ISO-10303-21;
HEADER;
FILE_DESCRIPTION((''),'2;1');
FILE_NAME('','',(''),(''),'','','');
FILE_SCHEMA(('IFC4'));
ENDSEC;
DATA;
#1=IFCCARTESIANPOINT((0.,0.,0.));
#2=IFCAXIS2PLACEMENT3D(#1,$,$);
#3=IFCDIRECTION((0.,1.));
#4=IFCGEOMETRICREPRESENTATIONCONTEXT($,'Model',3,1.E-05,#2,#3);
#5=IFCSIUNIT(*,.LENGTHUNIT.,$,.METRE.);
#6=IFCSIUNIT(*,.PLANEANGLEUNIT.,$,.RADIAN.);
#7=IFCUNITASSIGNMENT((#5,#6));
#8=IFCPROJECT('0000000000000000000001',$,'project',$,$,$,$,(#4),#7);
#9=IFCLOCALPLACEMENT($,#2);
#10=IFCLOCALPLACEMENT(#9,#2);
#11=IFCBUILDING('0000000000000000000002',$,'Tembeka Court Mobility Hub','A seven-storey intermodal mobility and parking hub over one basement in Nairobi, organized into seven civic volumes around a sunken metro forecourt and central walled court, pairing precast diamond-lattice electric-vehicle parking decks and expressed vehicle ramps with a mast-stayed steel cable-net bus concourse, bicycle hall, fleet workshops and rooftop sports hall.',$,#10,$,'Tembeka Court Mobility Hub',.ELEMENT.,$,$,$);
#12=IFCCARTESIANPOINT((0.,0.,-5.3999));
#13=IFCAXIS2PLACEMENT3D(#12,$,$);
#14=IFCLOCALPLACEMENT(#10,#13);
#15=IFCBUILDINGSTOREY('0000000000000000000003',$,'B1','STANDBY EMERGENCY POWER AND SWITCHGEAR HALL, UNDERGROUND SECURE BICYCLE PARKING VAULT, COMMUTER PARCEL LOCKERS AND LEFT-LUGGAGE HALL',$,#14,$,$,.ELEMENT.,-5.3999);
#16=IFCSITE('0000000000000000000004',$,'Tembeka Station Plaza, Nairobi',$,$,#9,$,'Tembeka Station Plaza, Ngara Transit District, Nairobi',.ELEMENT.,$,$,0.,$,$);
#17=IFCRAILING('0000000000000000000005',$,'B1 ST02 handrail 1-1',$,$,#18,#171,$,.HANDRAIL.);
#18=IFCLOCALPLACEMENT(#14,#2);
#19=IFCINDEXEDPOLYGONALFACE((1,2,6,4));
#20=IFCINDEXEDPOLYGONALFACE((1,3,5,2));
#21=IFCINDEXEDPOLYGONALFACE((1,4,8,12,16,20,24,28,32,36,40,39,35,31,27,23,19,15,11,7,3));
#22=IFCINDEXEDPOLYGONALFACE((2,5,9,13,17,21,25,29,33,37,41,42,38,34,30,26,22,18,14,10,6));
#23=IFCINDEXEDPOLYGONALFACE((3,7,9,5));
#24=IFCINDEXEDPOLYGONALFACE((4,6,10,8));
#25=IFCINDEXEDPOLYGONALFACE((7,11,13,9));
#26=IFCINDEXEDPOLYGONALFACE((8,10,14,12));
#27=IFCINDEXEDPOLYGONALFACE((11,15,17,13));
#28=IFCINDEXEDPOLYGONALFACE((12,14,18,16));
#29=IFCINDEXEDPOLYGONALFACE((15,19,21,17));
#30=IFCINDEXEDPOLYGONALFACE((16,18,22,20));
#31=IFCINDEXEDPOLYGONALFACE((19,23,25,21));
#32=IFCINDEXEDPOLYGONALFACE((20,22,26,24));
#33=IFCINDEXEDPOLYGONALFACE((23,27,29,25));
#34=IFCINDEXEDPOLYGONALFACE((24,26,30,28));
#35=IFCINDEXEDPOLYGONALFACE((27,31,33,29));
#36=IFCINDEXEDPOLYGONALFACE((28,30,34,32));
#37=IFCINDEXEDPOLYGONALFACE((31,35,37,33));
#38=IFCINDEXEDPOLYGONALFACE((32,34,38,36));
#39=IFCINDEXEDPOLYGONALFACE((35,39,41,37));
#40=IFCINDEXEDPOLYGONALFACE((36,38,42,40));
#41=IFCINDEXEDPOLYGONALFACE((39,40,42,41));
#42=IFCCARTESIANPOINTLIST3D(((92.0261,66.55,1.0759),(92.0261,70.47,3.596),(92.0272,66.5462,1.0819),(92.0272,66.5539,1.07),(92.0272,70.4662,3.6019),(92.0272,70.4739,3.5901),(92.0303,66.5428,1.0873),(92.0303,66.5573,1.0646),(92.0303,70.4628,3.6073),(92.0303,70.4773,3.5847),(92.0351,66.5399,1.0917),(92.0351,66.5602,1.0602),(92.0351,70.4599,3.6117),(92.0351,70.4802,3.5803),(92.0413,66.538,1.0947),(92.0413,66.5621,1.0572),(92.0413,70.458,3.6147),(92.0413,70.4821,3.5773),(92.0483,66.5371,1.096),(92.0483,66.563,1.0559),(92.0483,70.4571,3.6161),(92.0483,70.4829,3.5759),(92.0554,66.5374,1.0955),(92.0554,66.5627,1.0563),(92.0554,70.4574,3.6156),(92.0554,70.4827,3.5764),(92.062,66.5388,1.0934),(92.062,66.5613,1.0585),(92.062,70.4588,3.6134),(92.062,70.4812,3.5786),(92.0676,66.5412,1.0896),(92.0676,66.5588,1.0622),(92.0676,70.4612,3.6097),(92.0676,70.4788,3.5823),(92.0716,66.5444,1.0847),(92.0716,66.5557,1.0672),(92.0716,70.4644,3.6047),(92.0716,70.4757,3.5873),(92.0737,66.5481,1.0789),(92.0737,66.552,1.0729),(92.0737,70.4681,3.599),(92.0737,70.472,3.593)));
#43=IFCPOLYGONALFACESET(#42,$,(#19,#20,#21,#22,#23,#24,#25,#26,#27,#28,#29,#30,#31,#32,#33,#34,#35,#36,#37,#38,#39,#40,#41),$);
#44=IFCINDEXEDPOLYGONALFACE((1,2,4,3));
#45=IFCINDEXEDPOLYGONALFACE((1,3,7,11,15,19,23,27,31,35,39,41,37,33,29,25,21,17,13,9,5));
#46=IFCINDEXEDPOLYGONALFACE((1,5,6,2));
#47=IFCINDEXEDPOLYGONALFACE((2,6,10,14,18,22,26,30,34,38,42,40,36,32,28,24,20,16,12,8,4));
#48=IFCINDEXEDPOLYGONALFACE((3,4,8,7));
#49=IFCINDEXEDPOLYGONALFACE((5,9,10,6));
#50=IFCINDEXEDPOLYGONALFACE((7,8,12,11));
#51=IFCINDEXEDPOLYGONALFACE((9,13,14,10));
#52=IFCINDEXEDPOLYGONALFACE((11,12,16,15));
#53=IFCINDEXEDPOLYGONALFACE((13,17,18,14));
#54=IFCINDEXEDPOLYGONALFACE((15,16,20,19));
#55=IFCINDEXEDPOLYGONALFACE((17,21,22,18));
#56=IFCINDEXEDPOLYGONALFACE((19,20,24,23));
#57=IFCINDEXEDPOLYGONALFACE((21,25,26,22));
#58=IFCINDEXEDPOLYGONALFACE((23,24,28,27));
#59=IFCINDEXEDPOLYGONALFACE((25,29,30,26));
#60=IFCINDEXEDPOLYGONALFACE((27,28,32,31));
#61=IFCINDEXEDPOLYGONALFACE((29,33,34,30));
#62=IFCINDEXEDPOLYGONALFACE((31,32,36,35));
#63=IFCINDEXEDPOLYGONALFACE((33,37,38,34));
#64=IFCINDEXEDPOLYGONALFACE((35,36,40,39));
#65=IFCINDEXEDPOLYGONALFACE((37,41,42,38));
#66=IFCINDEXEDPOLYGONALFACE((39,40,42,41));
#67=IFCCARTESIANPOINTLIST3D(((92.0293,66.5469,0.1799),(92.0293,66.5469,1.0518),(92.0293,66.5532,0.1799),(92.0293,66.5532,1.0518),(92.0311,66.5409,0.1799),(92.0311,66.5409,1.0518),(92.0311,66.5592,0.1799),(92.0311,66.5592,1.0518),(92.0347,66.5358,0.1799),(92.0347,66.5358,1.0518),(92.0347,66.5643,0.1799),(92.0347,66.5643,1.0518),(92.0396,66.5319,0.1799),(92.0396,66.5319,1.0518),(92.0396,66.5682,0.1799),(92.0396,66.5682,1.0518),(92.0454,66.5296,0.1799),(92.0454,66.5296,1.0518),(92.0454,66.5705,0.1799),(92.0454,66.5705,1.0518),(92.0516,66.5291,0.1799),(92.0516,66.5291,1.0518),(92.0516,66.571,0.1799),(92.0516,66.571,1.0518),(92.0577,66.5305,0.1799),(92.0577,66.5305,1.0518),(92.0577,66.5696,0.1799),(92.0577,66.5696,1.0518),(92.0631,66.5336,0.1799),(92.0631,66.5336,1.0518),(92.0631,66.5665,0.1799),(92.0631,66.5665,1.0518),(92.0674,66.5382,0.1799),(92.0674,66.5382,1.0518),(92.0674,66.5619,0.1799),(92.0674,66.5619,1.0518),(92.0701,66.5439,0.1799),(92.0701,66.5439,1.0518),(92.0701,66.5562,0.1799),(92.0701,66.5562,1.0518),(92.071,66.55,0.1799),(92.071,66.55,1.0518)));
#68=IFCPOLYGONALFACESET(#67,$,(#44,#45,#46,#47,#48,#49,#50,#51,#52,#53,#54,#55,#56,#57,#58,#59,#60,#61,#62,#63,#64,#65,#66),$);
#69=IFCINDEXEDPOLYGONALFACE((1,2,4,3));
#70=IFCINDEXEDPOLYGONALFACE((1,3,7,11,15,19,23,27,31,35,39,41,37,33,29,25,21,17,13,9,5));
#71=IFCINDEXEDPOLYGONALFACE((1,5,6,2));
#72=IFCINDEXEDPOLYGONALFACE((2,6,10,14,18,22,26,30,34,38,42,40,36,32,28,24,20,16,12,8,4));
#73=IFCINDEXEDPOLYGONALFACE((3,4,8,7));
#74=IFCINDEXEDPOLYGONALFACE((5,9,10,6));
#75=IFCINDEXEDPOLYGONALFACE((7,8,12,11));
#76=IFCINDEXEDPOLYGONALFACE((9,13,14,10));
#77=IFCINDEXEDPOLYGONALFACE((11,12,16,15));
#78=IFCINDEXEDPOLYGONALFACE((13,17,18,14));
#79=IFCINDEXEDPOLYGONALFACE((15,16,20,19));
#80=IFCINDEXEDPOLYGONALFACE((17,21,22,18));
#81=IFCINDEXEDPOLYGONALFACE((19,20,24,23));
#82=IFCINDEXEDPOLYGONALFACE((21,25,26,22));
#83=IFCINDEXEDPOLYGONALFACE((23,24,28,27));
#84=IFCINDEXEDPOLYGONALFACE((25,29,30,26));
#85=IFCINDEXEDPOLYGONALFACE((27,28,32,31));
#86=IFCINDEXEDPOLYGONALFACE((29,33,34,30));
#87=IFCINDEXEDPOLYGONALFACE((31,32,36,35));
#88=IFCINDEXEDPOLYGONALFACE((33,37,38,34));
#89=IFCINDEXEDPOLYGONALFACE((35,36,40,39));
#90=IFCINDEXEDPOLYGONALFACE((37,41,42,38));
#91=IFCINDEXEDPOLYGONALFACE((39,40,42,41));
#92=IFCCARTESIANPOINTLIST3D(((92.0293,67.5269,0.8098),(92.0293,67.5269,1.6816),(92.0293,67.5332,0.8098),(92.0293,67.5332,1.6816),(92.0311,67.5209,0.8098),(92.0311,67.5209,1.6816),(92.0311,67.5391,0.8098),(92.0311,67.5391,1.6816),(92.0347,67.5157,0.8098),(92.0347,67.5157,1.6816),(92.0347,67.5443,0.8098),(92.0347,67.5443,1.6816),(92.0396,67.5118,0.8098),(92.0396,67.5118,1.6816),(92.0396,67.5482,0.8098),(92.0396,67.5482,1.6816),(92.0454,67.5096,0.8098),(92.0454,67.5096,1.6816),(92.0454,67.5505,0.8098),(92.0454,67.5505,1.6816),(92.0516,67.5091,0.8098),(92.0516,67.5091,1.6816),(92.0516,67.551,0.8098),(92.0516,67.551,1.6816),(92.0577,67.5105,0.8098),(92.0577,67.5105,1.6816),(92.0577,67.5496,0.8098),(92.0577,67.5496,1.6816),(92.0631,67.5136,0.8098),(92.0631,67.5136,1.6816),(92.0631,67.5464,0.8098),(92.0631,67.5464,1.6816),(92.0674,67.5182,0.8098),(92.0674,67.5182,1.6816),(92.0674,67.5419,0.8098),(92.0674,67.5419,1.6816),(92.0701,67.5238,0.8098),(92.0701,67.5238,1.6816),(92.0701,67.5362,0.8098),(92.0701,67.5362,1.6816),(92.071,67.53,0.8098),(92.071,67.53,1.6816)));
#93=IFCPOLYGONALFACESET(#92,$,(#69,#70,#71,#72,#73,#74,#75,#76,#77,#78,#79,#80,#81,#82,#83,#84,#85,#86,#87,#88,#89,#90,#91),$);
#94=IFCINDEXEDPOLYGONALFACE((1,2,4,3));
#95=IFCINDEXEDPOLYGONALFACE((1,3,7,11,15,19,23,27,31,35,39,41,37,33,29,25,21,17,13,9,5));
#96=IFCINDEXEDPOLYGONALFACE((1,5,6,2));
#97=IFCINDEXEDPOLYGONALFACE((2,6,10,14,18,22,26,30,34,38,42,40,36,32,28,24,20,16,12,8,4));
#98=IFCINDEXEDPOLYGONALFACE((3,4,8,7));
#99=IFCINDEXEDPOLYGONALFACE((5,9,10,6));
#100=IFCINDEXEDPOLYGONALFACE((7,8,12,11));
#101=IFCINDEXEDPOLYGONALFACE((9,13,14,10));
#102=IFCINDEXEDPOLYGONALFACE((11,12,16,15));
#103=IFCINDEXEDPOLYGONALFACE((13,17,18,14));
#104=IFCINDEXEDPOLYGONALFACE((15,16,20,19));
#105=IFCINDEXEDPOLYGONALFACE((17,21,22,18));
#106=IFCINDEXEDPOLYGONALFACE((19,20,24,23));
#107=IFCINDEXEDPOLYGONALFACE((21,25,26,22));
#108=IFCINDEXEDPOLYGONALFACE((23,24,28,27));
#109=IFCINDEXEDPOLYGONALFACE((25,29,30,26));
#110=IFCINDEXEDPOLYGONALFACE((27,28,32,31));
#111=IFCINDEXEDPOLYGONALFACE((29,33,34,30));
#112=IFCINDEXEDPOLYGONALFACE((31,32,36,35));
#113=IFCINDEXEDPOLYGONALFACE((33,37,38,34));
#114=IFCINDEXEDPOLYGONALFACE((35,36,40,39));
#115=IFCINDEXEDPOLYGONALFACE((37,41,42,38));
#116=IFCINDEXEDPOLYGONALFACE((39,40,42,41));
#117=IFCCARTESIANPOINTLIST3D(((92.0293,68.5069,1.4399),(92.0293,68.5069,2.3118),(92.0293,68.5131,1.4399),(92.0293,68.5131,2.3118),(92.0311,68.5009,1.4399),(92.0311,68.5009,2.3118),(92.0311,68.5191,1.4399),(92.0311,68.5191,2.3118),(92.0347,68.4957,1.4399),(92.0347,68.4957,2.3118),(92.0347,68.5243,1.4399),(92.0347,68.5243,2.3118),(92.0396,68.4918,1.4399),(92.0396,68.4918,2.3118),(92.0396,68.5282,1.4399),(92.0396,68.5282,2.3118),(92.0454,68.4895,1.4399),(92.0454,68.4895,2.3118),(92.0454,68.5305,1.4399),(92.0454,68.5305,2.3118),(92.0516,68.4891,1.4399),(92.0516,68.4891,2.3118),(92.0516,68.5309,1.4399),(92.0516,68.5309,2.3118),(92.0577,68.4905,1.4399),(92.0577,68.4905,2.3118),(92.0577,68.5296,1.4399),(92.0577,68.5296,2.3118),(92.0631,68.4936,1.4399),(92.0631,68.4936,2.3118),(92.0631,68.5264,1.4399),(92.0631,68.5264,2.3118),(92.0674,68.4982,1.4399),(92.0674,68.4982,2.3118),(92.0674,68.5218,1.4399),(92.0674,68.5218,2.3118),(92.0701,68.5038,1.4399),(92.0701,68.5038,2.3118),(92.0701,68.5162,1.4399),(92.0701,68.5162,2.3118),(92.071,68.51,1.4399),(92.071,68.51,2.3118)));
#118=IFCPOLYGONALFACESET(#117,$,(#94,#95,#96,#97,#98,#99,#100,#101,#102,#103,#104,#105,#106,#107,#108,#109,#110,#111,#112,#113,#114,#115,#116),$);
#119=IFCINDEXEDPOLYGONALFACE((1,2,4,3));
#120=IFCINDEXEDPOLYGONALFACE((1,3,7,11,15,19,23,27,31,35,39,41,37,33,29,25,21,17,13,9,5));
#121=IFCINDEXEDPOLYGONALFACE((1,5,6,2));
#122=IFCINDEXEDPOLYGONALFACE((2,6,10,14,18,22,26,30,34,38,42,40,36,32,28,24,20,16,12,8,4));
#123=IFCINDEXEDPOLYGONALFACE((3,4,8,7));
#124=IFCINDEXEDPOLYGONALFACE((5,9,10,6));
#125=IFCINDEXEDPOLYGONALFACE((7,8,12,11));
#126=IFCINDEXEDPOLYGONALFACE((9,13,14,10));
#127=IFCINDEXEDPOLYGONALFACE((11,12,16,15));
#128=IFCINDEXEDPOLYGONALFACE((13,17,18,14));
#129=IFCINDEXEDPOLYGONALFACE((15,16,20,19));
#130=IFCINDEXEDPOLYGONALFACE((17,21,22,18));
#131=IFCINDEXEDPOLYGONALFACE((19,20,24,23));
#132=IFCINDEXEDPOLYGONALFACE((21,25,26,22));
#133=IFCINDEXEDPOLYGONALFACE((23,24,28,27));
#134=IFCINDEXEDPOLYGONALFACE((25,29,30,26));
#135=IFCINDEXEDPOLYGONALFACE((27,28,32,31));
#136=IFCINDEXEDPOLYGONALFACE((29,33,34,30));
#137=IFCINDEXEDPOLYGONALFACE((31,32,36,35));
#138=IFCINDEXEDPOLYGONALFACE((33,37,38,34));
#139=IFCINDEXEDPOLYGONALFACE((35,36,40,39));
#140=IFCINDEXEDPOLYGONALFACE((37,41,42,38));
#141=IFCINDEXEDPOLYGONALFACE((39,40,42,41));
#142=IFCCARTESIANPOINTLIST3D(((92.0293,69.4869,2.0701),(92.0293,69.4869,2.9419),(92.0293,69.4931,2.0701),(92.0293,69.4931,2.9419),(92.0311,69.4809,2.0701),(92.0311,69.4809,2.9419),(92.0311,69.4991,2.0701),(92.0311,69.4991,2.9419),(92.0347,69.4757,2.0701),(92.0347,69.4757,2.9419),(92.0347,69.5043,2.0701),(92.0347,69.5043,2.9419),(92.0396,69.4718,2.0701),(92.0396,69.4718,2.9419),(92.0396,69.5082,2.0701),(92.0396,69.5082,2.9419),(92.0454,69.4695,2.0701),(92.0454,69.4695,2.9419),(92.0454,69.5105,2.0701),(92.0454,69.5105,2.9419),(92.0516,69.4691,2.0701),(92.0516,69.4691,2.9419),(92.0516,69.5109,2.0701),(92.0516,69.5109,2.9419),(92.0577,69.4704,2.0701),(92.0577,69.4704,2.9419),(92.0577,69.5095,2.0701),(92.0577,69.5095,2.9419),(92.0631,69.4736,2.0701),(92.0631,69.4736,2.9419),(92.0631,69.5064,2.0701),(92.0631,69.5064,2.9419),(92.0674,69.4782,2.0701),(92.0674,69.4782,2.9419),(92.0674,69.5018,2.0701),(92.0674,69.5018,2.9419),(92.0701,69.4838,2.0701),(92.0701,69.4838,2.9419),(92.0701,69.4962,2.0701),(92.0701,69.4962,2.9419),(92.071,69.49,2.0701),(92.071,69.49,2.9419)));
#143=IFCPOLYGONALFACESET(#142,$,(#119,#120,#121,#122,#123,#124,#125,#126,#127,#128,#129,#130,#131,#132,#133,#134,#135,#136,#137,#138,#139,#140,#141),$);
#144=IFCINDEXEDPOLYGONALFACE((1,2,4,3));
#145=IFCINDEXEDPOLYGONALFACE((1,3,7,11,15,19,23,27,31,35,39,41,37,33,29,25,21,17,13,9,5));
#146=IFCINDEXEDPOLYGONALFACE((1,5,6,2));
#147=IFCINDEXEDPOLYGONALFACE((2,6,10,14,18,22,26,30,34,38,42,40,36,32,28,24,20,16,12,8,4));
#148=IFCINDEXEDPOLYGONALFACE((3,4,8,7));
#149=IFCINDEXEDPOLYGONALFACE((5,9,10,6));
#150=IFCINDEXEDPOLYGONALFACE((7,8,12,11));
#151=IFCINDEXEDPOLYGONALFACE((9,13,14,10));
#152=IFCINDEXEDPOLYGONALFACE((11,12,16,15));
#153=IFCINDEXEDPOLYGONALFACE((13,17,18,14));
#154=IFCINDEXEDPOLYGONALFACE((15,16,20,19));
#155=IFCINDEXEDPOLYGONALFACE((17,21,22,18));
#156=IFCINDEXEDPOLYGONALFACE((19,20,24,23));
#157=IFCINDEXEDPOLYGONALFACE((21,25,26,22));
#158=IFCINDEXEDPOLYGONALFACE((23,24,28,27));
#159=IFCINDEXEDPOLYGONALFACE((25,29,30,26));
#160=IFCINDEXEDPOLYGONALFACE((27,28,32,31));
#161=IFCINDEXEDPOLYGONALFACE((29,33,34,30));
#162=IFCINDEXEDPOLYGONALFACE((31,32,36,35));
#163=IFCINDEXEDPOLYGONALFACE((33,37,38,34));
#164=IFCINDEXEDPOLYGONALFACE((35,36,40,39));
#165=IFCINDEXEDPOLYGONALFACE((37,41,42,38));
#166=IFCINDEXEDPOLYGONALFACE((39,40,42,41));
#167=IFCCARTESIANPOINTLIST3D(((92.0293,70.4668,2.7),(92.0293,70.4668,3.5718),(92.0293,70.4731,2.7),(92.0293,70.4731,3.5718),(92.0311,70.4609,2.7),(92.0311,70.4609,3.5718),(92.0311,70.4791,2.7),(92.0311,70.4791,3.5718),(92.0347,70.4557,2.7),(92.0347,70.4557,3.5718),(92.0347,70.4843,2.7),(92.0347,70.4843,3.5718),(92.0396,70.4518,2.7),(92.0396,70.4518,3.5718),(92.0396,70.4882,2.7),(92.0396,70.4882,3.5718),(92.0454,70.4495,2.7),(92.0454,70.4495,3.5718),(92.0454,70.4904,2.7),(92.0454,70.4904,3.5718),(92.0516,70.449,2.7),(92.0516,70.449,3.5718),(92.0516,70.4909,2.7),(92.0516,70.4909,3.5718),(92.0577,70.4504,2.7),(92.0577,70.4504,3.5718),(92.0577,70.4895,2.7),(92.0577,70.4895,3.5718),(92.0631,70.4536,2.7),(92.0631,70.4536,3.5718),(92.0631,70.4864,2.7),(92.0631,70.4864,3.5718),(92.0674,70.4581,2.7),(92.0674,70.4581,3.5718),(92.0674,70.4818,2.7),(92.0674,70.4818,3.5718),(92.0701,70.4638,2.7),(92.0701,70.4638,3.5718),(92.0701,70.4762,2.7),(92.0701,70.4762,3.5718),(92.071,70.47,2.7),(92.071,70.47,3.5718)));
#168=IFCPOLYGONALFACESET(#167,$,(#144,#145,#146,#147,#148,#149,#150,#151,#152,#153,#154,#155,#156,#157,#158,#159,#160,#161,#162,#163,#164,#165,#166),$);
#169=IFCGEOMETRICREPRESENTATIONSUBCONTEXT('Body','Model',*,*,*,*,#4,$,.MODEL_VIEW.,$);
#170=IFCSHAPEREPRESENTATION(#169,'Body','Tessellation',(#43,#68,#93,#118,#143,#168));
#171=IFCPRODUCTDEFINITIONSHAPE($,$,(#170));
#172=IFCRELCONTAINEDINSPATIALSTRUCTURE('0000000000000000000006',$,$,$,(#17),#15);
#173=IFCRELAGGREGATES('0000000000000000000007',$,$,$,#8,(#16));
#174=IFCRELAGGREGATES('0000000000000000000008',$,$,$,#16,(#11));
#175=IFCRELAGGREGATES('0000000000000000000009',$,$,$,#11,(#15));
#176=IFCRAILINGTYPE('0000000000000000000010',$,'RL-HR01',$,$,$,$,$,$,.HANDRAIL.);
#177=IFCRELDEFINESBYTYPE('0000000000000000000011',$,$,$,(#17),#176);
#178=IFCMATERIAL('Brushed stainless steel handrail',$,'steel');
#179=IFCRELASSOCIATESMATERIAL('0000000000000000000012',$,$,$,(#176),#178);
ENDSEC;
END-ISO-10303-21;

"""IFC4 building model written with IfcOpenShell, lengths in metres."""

from ifc_helpers import new_model, si_unit, direction, frame, origin, origin_2d, place, context, subcontext, project, spatial, circle, extrude, material, type_object, element, save


model = new_model("IFC4")

# Units and contexts
model_context = context("Model", 3, precision=1e-05, world=origin(), true_north=direction((0.0, 1.0)))
body_context = subcontext(model_context, "Body", "Model", "MODEL_VIEW")
ifc_project = project(units=[si_unit("LENGTHUNIT", "METRE"), si_unit("PLANEANGLEUNIT", "RADIAN")], contexts=[model_context])

# Site, building, storey
site_placement = place(None, origin())
site = spatial("IfcSite", under=ifc_project, at=site_placement, Name="Tembeka Station Plaza, Nairobi", LongName="Tembeka Station Plaza, Ngara Transit District, Nairobi", CompositionType="ELEMENT", RefElevation=0.0)
building_placement = place(site_placement, origin())
building = spatial("IfcBuilding", under=site, at=building_placement, Name="Tembeka Court Mobility Hub", Description="A seven-storey intermodal mobility and parking hub over one basement in Nairobi, organized into seven civic volumes around a sunken metro forecourt and central walled court, pairing precast diamond-lattice electric-vehicle parking decks and expressed vehicle ramps with a mast-stayed steel cable-net bus concourse, bicycle hall, fleet workshops and rooftop sports hall.", LongName="Tembeka Court Mobility Hub", CompositionType="ELEMENT")
storey_placement = place(building_placement, frame((0.0, 0.0, -5.3999)))
storey = spatial("IfcBuildingStorey", under=building, at=storey_placement, Name="B1", Description="STANDBY EMERGENCY POWER AND SWITCHGEAR HALL, UNDERGROUND SECURE BICYCLE PARKING VAULT, COMMUTER PARCEL LOCKERS AND LEFT-LUGGAGE HALL", CompositionType="ELEMENT", Elevation=-5.3999)

# Railing
ifc_material_1 = material(Name="Brushed stainless steel handrail", Category="steel")
railing_type_1 = type_object("IfcRailingType", Name="RL-HR01", PredefinedType="HANDRAIL", material=ifc_material_1)
railing_1_placement = place(storey_placement, frame((92.05, 66.55, 0.1799)))
element("IfcRailing", 1, at=railing_1_placement, inside=storey, type_object=railing_type_1, Name="B1 ST02 handrail 1-1", PredefinedType="HANDRAIL", context=body_context, shape_type="SweptSolid", body=[
    extrude(circle(Radius=0.0239, at=origin_2d()), frame((0.0, 0.0, 0.896), z_axis=(0.0, 0.841172, 0.540768), x_axis=(-1.0, 0.0, 0.0)), (0.0, 0.0, 1.0), 4.6602),
    extrude(circle(Radius=0.021, at=origin_2d()), origin(), (0.0, 0.0, 1.0), 0.8718),
    extrude(circle(Radius=0.021, at=origin_2d()), frame((0.0, 0.98, 0.6299)), (0.0, 0.0, 1.0), 0.8718),
    extrude(circle(Radius=0.021, at=origin_2d()), frame((0.0, 1.96, 1.26)), (0.0, 0.0, 1.0), 0.8718),
    extrude(circle(Radius=0.021, at=origin_2d()), frame((0.0, 2.9399, 1.8901)), (0.0, 0.0, 1.0), 0.8718),
    extrude(circle(Radius=0.021, at=origin_2d()), frame((0.0, 3.9199, 2.52)), (0.0, 0.0, 1.0), 0.8718),
])

save(model, "model.ifc")
